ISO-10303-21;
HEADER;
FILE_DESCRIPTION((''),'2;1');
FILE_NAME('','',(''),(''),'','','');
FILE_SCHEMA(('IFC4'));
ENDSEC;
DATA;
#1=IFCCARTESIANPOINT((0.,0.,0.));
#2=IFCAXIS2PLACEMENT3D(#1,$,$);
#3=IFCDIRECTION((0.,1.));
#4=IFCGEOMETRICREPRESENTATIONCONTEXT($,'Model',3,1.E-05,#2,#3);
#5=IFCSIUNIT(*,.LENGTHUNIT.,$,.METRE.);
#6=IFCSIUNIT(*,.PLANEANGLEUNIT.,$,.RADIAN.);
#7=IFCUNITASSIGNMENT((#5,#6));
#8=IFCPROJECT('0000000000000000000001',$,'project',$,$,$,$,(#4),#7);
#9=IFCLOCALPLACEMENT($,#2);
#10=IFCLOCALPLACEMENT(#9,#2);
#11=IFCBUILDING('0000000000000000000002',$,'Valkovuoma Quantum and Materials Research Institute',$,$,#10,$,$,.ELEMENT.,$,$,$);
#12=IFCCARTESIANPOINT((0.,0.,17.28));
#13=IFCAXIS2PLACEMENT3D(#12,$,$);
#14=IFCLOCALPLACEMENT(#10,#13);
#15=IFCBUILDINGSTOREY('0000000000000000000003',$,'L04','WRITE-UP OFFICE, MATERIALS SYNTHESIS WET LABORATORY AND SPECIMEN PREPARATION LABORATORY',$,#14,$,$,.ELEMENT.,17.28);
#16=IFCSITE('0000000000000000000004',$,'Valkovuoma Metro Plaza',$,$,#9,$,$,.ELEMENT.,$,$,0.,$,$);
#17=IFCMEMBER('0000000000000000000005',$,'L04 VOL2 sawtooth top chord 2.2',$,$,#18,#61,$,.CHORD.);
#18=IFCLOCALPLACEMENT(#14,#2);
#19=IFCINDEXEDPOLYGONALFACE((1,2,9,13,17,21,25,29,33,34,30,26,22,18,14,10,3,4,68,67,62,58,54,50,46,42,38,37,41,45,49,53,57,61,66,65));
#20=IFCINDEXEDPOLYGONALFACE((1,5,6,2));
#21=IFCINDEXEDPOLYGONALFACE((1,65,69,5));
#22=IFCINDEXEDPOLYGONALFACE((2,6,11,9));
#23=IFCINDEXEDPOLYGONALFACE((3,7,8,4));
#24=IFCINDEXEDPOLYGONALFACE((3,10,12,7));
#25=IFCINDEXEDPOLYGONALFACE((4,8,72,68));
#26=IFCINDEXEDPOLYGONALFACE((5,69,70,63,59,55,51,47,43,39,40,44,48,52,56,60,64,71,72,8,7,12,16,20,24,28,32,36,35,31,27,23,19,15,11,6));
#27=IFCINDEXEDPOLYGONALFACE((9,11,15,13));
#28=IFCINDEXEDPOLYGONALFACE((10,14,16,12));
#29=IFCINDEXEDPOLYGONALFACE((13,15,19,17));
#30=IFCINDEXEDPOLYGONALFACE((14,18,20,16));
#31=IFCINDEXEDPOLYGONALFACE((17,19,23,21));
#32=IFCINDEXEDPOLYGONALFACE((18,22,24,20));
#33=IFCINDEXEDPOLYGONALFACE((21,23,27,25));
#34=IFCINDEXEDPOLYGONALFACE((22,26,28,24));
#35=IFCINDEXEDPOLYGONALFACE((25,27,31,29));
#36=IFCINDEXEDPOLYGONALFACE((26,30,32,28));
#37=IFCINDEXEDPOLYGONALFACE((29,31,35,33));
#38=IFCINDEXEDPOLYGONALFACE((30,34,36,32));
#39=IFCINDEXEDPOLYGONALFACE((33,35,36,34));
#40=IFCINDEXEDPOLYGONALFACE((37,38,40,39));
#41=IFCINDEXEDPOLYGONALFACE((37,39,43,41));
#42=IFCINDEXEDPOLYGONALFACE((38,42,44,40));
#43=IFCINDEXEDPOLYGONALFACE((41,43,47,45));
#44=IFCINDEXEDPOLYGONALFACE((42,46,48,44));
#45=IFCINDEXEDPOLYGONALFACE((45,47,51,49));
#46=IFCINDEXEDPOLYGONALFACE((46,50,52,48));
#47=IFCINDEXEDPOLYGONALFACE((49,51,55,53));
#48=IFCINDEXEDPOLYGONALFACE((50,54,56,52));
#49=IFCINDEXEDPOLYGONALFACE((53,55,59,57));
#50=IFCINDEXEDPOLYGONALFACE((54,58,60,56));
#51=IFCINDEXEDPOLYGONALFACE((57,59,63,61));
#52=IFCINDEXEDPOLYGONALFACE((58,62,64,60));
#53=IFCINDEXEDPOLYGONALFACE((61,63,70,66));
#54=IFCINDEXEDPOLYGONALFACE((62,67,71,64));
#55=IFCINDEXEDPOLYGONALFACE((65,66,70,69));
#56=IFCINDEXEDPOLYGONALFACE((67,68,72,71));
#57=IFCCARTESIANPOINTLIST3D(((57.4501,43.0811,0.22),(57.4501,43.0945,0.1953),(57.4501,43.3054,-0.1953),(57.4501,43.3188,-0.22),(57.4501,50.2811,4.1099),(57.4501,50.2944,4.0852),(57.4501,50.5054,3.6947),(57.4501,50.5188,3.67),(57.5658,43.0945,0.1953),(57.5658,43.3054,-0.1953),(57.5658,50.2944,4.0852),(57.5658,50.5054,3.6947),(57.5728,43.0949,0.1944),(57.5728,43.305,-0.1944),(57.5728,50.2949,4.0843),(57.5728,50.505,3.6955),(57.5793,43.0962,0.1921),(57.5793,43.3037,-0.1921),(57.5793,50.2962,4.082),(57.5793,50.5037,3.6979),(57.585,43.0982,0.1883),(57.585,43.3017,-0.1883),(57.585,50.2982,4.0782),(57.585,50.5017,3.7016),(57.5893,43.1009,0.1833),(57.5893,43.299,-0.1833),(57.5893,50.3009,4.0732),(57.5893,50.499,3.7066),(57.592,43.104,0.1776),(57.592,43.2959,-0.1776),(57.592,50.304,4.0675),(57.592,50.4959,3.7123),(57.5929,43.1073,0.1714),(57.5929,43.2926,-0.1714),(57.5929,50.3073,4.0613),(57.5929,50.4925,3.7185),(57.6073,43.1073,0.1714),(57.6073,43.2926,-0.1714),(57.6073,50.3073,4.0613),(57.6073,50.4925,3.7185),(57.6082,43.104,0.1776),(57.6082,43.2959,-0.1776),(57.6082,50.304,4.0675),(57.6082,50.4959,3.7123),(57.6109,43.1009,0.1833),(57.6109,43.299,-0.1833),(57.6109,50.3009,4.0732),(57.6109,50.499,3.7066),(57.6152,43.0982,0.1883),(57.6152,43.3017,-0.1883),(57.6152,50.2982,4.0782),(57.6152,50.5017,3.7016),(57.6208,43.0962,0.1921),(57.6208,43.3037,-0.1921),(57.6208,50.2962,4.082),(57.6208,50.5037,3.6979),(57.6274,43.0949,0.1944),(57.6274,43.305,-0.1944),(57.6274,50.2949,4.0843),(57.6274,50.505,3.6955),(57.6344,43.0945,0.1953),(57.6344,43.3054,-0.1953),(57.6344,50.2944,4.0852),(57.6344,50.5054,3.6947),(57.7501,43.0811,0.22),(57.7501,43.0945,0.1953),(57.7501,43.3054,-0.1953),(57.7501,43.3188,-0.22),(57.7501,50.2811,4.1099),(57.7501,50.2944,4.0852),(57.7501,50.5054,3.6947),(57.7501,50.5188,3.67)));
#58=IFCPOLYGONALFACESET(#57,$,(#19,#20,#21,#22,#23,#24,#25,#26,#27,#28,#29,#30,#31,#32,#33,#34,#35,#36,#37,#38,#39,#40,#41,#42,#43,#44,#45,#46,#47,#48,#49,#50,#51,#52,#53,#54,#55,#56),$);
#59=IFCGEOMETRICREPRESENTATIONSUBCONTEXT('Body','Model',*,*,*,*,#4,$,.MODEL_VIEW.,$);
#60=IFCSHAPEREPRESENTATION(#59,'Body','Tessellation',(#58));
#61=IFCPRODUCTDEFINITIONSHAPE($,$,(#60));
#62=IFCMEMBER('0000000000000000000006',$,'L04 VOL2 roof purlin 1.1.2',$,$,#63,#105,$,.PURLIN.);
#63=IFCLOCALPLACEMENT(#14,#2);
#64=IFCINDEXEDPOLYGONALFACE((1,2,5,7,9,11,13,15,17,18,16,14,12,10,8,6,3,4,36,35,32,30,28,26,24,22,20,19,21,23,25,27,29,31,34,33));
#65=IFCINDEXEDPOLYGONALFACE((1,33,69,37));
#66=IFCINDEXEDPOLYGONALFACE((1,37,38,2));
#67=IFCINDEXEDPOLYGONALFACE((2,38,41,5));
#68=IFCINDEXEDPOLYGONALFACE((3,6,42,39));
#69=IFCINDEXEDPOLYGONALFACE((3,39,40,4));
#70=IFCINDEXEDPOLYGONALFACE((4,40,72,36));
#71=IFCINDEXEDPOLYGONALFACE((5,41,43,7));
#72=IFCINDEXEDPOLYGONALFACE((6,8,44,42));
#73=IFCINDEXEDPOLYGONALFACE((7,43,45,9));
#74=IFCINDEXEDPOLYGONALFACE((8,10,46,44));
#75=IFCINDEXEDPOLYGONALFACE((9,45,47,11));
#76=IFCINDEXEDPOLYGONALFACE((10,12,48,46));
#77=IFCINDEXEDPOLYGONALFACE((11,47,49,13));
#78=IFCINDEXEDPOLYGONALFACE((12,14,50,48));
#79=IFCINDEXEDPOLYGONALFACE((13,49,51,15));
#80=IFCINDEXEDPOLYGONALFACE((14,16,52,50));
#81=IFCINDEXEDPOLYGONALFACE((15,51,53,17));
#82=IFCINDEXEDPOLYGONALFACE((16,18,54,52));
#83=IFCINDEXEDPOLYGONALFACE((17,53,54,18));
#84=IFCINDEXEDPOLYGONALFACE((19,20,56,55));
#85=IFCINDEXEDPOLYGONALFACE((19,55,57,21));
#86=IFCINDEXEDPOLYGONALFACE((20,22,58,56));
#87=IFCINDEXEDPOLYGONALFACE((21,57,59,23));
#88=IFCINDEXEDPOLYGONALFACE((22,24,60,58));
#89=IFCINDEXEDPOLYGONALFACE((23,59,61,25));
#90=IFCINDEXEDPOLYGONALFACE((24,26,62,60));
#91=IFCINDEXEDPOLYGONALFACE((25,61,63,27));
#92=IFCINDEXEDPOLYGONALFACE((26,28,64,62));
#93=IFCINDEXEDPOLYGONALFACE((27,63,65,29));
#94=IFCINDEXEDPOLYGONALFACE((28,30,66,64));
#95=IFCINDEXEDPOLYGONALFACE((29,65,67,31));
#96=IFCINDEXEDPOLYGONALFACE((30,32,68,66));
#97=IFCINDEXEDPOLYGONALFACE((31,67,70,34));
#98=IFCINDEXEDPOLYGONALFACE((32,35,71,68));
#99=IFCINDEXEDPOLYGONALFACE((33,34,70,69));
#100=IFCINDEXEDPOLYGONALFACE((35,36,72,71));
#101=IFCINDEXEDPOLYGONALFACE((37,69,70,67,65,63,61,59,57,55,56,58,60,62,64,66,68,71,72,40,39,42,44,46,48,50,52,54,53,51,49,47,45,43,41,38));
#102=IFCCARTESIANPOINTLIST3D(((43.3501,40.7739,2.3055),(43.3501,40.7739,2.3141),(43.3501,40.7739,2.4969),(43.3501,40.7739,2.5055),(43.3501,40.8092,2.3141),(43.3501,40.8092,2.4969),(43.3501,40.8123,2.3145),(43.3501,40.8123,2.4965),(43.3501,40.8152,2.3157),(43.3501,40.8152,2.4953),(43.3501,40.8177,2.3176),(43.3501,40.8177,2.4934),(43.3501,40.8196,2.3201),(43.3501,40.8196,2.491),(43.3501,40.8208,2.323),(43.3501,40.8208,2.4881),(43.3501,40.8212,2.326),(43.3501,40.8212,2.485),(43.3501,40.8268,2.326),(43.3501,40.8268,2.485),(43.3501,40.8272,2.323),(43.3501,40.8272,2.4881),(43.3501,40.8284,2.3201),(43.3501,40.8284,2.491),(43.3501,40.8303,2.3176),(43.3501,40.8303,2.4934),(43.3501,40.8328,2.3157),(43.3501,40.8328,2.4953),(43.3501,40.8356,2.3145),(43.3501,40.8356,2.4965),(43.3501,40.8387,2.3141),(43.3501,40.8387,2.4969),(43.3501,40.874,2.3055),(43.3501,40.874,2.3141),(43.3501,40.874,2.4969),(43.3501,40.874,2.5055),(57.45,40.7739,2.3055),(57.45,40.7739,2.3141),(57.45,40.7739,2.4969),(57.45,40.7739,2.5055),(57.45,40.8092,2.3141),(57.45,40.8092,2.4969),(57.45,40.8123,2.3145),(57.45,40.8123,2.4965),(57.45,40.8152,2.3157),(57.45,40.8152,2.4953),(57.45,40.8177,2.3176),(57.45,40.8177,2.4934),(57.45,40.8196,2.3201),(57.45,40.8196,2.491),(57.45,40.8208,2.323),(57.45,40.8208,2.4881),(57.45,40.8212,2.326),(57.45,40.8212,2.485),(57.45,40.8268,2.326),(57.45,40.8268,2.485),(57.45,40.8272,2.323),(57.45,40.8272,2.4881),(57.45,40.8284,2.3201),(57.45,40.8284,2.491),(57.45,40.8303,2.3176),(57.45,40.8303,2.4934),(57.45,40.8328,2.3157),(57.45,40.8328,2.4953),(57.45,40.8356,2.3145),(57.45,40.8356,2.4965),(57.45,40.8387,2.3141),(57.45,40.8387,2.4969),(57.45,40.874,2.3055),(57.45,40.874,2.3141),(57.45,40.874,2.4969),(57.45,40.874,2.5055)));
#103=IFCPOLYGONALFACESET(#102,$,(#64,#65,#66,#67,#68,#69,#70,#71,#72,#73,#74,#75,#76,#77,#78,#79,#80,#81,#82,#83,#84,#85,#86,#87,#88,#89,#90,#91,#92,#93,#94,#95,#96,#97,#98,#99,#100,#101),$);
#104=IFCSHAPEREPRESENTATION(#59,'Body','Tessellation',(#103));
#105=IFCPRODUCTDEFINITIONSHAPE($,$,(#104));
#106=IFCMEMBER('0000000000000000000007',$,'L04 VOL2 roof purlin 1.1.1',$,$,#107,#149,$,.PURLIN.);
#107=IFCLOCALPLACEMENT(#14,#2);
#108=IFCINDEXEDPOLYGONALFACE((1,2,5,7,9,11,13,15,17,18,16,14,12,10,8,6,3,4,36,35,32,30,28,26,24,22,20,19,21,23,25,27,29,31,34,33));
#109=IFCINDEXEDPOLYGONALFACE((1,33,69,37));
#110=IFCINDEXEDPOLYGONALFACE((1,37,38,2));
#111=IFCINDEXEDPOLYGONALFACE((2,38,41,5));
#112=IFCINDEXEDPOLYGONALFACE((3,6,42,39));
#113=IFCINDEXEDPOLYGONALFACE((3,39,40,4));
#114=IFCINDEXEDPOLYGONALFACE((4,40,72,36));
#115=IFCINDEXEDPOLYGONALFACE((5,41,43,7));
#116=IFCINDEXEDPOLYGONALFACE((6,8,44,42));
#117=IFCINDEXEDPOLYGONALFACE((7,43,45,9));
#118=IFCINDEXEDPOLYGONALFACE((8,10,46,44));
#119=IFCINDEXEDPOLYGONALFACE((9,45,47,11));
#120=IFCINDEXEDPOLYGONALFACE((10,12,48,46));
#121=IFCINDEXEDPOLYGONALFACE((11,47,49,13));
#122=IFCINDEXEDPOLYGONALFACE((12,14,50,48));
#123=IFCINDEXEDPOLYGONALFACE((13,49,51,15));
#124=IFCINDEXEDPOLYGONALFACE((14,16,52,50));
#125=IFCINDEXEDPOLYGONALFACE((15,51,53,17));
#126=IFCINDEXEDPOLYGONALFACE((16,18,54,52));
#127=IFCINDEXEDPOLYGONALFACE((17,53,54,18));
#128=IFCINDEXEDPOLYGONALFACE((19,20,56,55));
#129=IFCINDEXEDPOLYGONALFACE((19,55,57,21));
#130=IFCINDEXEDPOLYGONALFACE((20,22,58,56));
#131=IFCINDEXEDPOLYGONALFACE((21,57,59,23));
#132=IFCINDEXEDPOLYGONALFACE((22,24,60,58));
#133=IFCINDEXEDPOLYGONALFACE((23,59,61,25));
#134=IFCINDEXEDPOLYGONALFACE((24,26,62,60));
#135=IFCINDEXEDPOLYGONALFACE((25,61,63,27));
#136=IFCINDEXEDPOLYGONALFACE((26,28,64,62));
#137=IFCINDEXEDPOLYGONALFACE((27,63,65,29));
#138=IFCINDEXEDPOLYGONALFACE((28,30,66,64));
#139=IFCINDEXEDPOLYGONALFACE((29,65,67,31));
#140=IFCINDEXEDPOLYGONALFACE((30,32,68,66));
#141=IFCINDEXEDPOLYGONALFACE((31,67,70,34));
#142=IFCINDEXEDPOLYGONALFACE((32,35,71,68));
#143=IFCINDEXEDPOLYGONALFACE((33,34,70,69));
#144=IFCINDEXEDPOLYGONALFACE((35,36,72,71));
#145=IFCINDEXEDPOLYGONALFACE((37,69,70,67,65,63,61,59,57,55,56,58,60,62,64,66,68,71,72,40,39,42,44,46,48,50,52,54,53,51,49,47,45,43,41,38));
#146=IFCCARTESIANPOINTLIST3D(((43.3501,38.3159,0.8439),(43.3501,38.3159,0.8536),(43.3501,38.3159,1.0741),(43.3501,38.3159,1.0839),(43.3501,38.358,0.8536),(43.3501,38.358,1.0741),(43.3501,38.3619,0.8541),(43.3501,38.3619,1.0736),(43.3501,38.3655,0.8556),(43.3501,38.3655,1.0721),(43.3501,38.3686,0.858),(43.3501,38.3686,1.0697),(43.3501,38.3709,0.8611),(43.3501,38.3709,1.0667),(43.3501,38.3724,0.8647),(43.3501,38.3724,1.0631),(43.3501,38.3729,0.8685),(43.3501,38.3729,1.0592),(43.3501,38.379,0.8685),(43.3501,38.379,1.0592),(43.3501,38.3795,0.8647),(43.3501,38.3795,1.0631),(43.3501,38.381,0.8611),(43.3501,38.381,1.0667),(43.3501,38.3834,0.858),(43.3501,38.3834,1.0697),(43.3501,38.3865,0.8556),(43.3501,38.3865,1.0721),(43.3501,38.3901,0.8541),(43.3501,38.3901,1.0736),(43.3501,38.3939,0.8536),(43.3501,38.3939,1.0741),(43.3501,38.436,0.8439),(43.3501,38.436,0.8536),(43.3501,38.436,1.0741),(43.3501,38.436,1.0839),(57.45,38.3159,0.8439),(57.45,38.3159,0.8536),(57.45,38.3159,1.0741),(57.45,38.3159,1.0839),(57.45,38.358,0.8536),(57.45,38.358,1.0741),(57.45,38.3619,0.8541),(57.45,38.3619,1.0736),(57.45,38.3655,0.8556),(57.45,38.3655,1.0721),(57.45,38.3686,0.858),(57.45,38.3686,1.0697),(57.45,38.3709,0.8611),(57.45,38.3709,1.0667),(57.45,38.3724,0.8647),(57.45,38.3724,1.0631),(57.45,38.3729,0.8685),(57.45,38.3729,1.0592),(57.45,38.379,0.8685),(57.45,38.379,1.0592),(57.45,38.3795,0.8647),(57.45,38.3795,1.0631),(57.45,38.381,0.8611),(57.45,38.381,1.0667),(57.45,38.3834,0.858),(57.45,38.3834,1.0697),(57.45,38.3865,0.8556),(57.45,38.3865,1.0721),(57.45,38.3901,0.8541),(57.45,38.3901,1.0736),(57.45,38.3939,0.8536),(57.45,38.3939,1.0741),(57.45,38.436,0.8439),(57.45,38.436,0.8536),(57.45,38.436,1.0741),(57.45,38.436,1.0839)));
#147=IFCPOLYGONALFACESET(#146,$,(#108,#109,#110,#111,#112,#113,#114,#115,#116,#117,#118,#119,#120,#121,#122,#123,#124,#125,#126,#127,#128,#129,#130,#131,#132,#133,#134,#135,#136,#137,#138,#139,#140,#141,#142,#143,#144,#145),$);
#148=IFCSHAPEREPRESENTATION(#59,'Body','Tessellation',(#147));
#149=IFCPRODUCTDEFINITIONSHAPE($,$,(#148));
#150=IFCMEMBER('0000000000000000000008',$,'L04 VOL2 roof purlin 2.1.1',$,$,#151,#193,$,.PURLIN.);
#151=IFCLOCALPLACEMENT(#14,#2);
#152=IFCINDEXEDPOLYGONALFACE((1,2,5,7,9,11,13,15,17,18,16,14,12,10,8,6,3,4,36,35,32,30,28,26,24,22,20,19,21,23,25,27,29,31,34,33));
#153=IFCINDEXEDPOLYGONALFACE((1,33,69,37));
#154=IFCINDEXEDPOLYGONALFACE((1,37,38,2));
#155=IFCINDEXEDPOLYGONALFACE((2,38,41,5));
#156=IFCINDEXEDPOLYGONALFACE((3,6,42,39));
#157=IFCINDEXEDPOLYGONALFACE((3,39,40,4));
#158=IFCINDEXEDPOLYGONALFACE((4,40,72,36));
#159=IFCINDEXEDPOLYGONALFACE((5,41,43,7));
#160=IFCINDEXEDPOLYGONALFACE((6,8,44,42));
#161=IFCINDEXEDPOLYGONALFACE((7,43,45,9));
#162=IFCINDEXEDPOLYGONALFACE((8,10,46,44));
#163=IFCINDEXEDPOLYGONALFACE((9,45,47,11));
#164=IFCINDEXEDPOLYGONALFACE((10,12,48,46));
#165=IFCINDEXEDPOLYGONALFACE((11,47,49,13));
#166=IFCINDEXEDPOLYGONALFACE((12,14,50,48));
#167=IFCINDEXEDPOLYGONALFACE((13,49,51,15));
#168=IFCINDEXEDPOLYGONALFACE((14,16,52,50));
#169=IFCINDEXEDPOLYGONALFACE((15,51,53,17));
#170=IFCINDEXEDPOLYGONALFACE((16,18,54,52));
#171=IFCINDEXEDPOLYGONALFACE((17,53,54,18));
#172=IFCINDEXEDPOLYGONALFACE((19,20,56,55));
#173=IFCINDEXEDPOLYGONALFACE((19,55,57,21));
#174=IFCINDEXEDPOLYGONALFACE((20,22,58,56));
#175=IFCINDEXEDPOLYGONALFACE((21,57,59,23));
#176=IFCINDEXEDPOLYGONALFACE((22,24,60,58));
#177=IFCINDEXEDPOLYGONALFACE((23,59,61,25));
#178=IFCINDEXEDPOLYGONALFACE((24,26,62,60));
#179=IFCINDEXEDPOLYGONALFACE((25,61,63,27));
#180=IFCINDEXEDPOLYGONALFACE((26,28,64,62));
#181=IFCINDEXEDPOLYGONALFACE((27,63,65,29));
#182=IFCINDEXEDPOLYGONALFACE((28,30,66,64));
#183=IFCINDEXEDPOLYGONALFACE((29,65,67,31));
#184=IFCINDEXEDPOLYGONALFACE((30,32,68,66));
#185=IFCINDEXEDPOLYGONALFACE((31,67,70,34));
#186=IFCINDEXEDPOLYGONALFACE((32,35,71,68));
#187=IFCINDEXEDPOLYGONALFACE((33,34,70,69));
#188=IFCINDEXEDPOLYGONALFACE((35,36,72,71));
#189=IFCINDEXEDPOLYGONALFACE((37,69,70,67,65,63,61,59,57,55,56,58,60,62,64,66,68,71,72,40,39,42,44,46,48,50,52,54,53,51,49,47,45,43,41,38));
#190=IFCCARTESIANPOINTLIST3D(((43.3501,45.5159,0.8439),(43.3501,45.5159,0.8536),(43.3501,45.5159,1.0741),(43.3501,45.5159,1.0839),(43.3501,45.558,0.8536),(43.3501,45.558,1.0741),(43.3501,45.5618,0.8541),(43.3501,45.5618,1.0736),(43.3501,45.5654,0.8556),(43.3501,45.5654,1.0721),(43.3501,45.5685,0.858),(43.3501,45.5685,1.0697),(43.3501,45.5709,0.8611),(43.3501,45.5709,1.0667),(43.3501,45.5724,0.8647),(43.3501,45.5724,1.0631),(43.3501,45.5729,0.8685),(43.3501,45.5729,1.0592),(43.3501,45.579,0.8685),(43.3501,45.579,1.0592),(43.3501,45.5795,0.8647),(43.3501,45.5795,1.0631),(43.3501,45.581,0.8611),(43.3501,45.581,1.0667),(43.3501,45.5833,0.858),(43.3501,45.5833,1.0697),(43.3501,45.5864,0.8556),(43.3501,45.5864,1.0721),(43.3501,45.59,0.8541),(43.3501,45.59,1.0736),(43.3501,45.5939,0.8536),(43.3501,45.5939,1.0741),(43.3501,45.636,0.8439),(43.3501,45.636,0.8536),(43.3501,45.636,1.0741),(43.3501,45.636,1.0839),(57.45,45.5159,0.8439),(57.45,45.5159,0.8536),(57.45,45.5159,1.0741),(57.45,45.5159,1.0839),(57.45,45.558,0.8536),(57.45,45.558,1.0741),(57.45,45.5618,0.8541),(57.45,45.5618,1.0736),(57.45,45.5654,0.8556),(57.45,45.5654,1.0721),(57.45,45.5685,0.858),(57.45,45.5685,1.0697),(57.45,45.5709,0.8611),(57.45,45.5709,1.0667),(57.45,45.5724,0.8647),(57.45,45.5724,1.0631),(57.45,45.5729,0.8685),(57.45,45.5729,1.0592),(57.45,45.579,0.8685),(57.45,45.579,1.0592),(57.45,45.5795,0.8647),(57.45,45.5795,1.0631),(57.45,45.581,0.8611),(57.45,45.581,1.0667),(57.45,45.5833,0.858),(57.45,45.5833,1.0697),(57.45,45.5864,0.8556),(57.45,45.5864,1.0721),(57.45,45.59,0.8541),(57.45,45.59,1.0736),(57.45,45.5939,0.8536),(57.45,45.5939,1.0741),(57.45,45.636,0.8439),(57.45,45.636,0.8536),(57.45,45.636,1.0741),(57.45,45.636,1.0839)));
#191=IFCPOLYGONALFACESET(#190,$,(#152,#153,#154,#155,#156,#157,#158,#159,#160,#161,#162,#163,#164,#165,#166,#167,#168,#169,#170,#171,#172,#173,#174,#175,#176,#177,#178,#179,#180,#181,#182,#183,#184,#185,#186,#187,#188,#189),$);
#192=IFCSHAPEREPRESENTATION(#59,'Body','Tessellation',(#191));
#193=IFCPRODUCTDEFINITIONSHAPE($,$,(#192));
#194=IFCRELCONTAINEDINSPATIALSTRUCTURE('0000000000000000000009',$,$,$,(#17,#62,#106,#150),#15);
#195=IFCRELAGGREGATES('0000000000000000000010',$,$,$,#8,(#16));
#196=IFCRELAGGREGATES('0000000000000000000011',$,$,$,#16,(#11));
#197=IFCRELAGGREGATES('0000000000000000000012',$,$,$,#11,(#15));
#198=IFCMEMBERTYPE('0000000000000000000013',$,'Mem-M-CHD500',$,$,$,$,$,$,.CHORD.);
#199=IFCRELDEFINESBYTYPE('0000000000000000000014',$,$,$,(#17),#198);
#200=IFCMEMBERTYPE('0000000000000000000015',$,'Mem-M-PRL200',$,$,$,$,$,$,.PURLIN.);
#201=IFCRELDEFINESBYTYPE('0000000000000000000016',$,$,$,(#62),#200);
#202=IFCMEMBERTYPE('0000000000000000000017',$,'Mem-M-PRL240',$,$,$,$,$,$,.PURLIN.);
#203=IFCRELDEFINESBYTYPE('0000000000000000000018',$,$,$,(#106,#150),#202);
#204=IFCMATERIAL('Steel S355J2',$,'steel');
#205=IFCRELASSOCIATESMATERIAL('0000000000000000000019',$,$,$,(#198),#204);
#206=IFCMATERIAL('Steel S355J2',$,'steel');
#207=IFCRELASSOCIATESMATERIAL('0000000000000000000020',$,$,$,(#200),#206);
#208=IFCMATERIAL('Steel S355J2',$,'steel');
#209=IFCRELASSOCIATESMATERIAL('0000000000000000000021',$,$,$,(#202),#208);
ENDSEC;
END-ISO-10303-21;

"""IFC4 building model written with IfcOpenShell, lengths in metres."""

from ifc_helpers import new_model, si_unit, direction, frame, origin, origin_2d, place, context, subcontext, project, spatial, i_section, extrude, material, material_profile, profile_set, type_object, element, save


model = new_model("IFC4")

# Units and contexts
model_context = context("Model", 3, precision=1e-05, world=origin(), true_north=direction((0.0, 1.0)))
body_context = subcontext(model_context, "Body", "Model", "MODEL_VIEW")
ifc_project = project(units=[si_unit("LENGTHUNIT", "METRE"), si_unit("PLANEANGLEUNIT", "RADIAN")], contexts=[model_context])

# Site, building, storey
site_placement = place(None, origin())
site = spatial("IfcSite", under=ifc_project, at=site_placement, Name="Valkovuoma Metro Plaza", CompositionType="ELEMENT", RefElevation=0.0)
building_placement = place(site_placement, origin())
building = spatial("IfcBuilding", under=site, at=building_placement, Name="Valkovuoma Quantum and Materials Research Institute", CompositionType="ELEMENT")
storey_placement = place(building_placement, frame((0.0, 0.0, 17.28)))
storey = spatial("IfcBuildingStorey", under=building, at=storey_placement, Name="L04", Description="WRITE-UP OFFICE, MATERIALS SYNTHESIS WET LABORATORY AND SPECIMEN PREPARATION LABORATORY", CompositionType="ELEMENT", Elevation=17.28)

# Members
ifc_material_1 = material(Name="Steel S355J2", Category="steel")
ifc_material_profile_1 = material_profile(ifc_material_1, i_section(OverallWidth=0.3, OverallDepth=0.5, WebThickness=0.0144, FlangeThickness=0.0281, FilletRadius=0.0271, at=origin_2d()), Name="Steel S355J2")
ifc_profile_set_1 = profile_set([ifc_material_profile_1], Name="Steel S355J2")
member_type_1 = type_object("IfcMemberType", Name="Mem-M-CHD500", PredefinedType="CHORD", material=ifc_profile_set_1)
for number, where, z_axis, x_axis, name in (
    (1, (57.6001, 43.2, 0.0), (0.0, 0.879807, 0.47533), (-1.0, 0.0, 0.0), "L04 VOL2 sawtooth top chord 2.2"),
):
    element("IfcMember", number, at=place(storey_placement, frame(where, z_axis=z_axis, x_axis=x_axis)), inside=storey, type_object=member_type_1, Name=name, PredefinedType="CHORD", context=body_context, shape_type="SweptSolid", body=[
        extrude(i_section(OverallWidth=0.3, OverallDepth=0.5, WebThickness=0.0144, FlangeThickness=0.0281, FilletRadius=0.0271, at=origin_2d()), origin(), (0.0, 0.0, 1.0), 8.1836),
    ])
ifc_material_2 = material(Name="Steel S355J2", Category="steel")
ifc_material_profile_2 = material_profile(ifc_material_2, i_section(OverallWidth=0.1001, OverallDepth=0.2, WebThickness=0.0056, FlangeThickness=0.0085, FilletRadius=0.012, at=origin_2d()), Name="Steel S355J2")
ifc_profile_set_2 = profile_set([ifc_material_profile_2], Name="Steel S355J2")
member_type_2 = type_object("IfcMemberType", Name="Mem-M-PRL200", PredefinedType="PURLIN", material=ifc_profile_set_2)
member_1_placement = place(storey_placement, frame((43.3501, 40.824, 2.4055), z_axis=(1.0, 0.0, 0.0), x_axis=(0.0, 1.0, 0.0)))
element("IfcMember", 2, at=member_1_placement, inside=storey, type_object=member_type_2, Name="L04 VOL2 roof purlin 1.1.2", PredefinedType="PURLIN", context=body_context, shape_type="SweptSolid", body=[
    extrude(i_section(OverallWidth=0.1001, OverallDepth=0.2, WebThickness=0.0056, FlangeThickness=0.0085, FilletRadius=0.012, at=origin_2d()), origin(), (0.0, 0.0, 1.0), 14.0999),
])
ifc_material_3 = material(Name="Steel S355J2", Category="steel")
ifc_material_profile_3 = material_profile(ifc_material_3, i_section(OverallWidth=0.1201, OverallDepth=0.24, WebThickness=0.0061, FlangeThickness=0.0098, FilletRadius=0.0149, at=origin_2d()), Name="Steel S355J2")
ifc_profile_set_3 = profile_set([ifc_material_profile_3], Name="Steel S355J2")
member_type_3 = type_object("IfcMemberType", Name="Mem-M-PRL240", PredefinedType="PURLIN", material=ifc_profile_set_3)
for number, where, z_axis, x_axis, name in (
    (3, (43.3501, 38.376, 0.9639), (1.0, 0.0, 0.0), (0.0, 1.0, 0.0), "L04 VOL2 roof purlin 1.1.1"),
    (4, (43.3501, 45.5759, 0.9639), (1.0, 0.0, 0.0), (0.0, 1.0, 0.0), "L04 VOL2 roof purlin 2.1.1"),
):
    element("IfcMember", number, at=place(storey_placement, frame(where, z_axis=z_axis, x_axis=x_axis)), inside=storey, type_object=member_type_3, Name=name, PredefinedType="PURLIN", context=body_context, shape_type="SweptSolid", body=[
        extrude(i_section(OverallWidth=0.1201, OverallDepth=0.24, WebThickness=0.0061, FlangeThickness=0.0098, FilletRadius=0.0149, at=origin_2d()), origin(), (0.0, 0.0, 1.0), 14.0999),
    ])

save(model, "model.ifc")
